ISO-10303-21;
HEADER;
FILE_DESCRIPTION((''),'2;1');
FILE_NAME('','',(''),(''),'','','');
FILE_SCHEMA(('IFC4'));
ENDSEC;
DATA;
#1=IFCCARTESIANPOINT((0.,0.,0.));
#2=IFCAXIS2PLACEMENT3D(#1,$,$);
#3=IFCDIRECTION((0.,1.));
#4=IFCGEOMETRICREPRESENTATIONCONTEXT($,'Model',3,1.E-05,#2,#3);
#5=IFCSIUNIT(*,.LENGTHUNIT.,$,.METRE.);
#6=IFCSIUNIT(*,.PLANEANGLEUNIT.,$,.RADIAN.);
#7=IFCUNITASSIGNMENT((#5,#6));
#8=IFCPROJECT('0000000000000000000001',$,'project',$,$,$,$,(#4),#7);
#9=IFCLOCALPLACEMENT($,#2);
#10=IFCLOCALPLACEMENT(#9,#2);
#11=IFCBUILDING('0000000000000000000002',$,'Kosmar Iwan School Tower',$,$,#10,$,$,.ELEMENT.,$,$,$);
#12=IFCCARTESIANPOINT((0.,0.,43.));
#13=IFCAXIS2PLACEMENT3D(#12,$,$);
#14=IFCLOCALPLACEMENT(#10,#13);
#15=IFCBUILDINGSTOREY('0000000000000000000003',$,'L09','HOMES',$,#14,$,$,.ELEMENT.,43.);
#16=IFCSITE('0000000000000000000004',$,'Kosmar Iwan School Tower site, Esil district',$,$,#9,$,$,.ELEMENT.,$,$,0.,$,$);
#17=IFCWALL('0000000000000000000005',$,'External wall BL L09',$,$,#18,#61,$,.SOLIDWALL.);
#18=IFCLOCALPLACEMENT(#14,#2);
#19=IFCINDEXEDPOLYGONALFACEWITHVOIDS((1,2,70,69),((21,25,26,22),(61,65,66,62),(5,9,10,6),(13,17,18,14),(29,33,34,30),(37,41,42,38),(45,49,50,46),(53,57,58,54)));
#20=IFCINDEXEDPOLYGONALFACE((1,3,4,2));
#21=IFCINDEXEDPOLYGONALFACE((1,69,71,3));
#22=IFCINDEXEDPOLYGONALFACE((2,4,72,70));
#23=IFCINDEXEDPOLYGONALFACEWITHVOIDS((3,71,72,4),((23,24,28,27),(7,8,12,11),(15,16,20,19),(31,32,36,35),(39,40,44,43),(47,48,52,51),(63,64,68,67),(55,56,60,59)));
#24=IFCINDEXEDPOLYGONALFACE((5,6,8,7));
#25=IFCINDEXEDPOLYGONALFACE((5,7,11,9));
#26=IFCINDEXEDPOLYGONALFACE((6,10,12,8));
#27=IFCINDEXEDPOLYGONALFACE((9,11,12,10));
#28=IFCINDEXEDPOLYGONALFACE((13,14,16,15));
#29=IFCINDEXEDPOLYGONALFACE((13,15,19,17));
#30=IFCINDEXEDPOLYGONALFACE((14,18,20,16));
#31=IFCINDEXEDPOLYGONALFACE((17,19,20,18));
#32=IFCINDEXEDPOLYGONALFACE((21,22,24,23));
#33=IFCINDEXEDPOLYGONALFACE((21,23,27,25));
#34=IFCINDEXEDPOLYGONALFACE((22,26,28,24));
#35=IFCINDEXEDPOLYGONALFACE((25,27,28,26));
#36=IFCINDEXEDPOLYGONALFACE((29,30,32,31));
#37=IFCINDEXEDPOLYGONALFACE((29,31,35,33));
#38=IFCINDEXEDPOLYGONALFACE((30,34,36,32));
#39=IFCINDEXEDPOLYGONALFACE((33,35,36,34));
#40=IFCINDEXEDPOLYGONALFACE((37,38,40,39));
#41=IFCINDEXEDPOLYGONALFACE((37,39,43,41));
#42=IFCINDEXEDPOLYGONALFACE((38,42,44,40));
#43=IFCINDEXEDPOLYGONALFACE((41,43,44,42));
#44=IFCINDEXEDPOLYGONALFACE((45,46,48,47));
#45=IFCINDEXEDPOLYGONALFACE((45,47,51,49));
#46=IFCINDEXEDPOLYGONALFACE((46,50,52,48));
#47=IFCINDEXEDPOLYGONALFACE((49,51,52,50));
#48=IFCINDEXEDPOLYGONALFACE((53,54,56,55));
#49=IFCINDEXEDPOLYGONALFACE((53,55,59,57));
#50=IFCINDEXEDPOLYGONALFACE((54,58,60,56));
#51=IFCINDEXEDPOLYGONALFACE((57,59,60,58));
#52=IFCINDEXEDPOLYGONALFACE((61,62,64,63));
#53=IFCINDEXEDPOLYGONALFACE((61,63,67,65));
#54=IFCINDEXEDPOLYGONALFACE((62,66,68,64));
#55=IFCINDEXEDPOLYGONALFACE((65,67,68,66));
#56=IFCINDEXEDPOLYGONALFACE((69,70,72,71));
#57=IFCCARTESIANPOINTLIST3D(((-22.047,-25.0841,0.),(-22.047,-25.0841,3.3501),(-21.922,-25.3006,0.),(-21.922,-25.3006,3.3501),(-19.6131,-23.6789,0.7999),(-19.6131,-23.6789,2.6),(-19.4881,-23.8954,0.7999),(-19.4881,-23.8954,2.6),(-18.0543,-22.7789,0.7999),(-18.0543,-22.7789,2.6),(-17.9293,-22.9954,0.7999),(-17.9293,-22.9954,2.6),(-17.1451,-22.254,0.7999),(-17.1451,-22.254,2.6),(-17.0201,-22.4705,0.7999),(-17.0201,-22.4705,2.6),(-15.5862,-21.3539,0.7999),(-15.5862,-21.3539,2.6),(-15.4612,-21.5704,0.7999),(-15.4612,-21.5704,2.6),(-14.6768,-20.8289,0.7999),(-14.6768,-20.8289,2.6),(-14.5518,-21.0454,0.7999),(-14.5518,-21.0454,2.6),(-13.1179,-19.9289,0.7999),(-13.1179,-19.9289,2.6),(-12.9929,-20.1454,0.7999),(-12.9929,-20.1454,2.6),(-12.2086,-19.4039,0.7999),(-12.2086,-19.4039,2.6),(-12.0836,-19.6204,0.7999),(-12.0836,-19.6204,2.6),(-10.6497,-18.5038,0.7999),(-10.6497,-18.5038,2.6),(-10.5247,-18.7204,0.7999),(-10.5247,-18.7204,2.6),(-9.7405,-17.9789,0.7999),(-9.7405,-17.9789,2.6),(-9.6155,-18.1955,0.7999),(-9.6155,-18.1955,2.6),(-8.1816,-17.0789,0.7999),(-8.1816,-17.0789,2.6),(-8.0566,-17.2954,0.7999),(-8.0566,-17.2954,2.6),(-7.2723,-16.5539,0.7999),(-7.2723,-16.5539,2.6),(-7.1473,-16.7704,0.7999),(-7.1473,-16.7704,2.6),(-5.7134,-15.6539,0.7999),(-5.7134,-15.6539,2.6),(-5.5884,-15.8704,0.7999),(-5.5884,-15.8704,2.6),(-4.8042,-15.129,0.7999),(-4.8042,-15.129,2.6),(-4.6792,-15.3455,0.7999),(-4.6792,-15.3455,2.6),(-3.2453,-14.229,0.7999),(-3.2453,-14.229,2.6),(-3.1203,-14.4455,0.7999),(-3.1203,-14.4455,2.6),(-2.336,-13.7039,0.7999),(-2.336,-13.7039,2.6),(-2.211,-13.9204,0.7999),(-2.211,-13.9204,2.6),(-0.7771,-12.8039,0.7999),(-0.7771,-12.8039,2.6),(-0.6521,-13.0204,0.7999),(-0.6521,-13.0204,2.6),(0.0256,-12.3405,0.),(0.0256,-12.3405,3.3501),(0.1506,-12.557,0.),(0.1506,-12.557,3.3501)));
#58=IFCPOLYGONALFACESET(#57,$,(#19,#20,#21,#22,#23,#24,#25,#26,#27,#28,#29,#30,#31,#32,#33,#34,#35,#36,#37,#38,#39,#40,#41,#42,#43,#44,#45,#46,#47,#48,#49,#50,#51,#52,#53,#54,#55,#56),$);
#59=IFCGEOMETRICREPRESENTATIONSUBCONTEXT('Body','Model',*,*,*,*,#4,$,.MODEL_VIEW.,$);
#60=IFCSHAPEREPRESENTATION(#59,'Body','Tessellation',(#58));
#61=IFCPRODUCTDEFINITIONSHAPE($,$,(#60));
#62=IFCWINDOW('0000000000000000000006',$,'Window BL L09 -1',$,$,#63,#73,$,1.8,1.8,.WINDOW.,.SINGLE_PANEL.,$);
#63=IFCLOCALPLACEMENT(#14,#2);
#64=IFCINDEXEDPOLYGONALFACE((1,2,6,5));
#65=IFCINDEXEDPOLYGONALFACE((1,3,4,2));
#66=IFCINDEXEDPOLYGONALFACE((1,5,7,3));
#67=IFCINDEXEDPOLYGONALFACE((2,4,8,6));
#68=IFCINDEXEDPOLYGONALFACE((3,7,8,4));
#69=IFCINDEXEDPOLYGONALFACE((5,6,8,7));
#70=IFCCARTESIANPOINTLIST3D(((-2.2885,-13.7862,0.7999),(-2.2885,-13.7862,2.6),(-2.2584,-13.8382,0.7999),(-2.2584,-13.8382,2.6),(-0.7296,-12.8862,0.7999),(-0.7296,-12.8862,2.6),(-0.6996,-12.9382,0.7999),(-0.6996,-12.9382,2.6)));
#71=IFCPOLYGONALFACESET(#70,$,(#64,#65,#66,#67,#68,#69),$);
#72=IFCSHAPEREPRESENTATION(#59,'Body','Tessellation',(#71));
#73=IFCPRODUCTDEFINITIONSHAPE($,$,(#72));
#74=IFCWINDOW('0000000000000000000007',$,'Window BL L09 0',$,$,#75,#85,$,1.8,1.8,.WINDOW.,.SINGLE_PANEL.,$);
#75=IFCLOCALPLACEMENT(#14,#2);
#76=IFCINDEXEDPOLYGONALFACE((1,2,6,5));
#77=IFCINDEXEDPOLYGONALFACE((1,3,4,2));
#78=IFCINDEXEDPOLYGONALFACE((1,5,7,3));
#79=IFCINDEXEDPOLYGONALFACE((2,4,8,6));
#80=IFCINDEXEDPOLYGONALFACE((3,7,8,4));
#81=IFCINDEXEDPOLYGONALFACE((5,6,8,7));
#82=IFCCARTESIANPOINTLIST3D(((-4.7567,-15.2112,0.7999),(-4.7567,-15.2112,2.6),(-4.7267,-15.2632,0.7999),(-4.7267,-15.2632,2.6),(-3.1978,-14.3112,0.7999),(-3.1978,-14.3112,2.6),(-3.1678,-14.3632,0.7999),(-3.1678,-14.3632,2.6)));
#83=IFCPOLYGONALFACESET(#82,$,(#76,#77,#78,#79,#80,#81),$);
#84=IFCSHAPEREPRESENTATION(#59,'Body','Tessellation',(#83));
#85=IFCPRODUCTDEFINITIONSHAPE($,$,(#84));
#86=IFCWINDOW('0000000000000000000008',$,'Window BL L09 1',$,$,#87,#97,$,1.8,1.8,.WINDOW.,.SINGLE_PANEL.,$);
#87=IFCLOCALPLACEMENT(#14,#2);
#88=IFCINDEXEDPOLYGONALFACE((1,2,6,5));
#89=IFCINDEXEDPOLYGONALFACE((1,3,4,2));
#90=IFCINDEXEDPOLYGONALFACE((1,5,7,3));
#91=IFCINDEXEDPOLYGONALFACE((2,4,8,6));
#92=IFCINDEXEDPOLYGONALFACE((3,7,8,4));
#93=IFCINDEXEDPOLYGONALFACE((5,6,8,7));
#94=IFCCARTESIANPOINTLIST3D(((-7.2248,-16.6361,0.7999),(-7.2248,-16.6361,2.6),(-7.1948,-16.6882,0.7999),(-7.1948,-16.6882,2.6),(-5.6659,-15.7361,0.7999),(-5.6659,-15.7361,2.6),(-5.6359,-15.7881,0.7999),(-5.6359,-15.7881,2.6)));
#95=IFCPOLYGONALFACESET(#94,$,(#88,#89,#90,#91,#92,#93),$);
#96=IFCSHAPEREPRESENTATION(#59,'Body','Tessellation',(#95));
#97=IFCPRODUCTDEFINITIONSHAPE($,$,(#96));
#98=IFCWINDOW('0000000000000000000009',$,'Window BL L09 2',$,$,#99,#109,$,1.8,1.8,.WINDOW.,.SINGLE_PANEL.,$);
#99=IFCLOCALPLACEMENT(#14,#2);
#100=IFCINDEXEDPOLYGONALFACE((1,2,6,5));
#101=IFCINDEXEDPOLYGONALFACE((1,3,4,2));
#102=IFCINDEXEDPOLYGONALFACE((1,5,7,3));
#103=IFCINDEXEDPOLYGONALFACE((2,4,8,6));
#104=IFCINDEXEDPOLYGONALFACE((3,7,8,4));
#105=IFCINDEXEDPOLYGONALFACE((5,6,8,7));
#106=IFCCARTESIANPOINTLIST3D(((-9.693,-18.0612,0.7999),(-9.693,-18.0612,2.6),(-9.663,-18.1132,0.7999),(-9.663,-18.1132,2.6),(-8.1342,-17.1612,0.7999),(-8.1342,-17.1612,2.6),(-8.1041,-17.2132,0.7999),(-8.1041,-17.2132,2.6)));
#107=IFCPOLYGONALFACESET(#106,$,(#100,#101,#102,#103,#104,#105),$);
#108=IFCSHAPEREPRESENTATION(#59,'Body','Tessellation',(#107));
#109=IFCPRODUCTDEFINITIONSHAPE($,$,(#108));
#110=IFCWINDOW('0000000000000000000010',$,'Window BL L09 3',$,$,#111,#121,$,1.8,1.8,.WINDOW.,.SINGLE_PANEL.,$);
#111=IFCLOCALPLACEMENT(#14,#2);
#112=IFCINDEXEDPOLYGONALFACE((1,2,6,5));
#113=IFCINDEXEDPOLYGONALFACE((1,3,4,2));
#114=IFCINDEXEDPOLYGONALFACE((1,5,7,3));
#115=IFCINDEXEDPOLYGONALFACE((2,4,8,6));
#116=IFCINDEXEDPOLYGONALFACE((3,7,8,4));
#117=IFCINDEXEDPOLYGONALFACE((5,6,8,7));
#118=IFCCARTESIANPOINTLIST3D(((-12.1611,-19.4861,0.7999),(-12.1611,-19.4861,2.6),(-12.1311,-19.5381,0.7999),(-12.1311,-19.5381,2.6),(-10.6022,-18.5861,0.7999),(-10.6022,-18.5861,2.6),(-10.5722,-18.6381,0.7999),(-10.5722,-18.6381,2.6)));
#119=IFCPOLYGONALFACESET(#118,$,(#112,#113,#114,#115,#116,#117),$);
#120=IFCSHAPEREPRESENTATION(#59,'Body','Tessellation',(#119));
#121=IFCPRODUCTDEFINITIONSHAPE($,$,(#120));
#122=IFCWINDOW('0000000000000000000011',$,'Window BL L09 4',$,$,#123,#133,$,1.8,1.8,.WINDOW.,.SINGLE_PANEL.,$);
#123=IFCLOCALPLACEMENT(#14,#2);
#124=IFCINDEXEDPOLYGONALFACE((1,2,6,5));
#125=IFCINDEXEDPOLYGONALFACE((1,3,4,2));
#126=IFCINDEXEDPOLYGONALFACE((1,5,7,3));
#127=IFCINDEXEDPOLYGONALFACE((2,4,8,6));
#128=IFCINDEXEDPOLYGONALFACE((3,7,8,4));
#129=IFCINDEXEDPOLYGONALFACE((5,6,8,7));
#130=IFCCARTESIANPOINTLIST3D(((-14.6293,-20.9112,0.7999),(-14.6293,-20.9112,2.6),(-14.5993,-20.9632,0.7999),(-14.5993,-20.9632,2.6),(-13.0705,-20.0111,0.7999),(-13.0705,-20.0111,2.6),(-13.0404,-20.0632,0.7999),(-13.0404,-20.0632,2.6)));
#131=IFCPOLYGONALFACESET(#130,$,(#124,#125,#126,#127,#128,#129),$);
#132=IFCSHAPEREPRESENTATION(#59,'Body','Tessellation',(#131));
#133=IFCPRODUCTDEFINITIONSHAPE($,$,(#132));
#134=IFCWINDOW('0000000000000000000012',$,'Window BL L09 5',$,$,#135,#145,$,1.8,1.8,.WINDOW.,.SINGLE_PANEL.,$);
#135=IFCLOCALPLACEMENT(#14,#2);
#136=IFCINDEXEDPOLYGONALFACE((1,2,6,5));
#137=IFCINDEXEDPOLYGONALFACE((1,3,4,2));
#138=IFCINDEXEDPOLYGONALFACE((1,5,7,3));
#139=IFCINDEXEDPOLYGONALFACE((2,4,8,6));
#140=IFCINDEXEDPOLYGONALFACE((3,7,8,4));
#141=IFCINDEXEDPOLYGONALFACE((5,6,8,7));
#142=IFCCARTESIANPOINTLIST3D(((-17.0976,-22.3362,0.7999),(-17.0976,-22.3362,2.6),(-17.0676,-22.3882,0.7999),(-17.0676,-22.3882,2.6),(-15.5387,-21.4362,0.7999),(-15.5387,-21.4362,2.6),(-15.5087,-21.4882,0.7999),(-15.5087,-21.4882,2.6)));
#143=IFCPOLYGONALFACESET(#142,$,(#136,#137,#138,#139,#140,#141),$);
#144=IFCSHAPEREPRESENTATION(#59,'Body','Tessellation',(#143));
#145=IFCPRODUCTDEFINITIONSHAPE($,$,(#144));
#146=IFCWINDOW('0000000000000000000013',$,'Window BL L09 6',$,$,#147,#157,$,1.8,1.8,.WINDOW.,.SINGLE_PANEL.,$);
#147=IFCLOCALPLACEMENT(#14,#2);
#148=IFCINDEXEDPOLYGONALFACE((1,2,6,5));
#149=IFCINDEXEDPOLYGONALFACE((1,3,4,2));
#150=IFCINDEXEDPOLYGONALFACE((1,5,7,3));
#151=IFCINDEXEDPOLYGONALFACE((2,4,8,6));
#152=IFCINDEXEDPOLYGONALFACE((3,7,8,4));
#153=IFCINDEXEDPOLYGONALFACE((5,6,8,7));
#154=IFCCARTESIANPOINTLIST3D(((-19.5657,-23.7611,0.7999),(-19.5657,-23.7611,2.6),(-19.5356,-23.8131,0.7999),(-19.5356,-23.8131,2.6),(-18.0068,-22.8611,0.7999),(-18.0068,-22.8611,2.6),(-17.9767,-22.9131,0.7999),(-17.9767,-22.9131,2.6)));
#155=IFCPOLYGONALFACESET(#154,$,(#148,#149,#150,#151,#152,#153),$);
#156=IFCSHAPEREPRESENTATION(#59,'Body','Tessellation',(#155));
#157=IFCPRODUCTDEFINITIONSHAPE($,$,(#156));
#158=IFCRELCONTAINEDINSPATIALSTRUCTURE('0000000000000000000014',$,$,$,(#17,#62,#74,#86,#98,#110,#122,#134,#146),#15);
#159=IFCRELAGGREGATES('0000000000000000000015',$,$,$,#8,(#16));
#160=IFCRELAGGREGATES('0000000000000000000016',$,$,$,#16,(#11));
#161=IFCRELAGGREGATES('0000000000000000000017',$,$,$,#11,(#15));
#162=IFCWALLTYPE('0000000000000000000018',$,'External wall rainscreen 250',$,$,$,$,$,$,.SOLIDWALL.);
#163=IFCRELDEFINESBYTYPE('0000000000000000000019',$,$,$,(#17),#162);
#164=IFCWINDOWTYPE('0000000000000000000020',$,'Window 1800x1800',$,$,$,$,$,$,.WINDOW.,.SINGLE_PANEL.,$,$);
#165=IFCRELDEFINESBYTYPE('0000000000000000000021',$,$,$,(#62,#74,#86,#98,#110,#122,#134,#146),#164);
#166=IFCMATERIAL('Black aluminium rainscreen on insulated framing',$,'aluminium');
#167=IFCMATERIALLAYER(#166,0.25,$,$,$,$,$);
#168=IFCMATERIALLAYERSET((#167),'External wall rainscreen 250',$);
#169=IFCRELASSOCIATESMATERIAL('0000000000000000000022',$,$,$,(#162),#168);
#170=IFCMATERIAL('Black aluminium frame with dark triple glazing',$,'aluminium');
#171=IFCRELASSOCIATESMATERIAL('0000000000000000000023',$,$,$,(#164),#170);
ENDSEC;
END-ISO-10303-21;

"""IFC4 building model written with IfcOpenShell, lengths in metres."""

from ifc_helpers import new_model, si_unit, direction, frame, frame_2d, origin, place, context, subcontext, project, spatial, rectangle, extrude, material, layer, layer_set, type_object, element, fill, save


model = new_model("IFC4")

# Units and contexts
model_context = context("Model", 3, precision=1e-05, world=origin(), true_north=direction((0.0, 1.0)))
body_context = subcontext(model_context, "Body", "Model", "MODEL_VIEW")
ifc_project = project(units=[si_unit("LENGTHUNIT", "METRE"), si_unit("PLANEANGLEUNIT", "RADIAN")], contexts=[model_context])

# Site, building, storey
site_placement = place(None, origin())
site = spatial("IfcSite", under=ifc_project, at=site_placement, Name="Kosmar Iwan School Tower site, Esil district", CompositionType="ELEMENT", RefElevation=0.0)
building_placement = place(site_placement, origin())
building = spatial("IfcBuilding", under=site, at=building_placement, Name="Kosmar Iwan School Tower", CompositionType="ELEMENT")
storey_placement = place(building_placement, frame((0.0, 0.0, 43.0)))
storey = spatial("IfcBuildingStorey", under=building, at=storey_placement, Name="L09", Description="HOMES", CompositionType="ELEMENT", Elevation=43.0)

# Wall, openings, windows
ifc_material_1 = material(Name="Black aluminium rainscreen on insulated framing", Category="aluminium")
ifc_layer = layer(ifc_material_1, 0.25)
ifc_layer_set = layer_set([ifc_layer], Name="External wall rainscreen 250")
wall_type = type_object("IfcWallType", Name="External wall rainscreen 250", PredefinedType="SOLIDWALL", material=ifc_layer_set)
wall_1_placement = place(storey_placement, frame((0.0881, -12.4487, 0.0), z_axis=(0.0, 0.0, 1.0), x_axis=(-0.866026, -0.499998, 0.0)))
wall_1 = element("IfcWall", 1, at=wall_1_placement, inside=storey, type_object=wall_type, Name="External wall BL L09", PredefinedType="SOLIDWALL", context=body_context, shape_type="SweptSolid", body=[
    extrude(rectangle(XDim=25.4873, YDim=0.25, at=frame_2d((12.7437, 0.0))), origin(), (0.0, 0.0, 1.0), 3.3501),
])
opening_1_placement = place(wall_1_placement, frame((0.927, 0.0, 0.8)))
opening_1 = element("IfcOpeningElement", 2, at=opening_1_placement, cuts=wall_1, PredefinedType="OPENING", context=body_context, shape_type="SweptSolid", body=[
    extrude(rectangle(XDim=1.8, YDim=1.8, at=frame_2d((0.8999, 0.8999))), frame((0.0, 0.137, 0.0), z_axis=(0.0, -1.0, 0.0), x_axis=(1.0, 0.0, 0.0)), (0.0, 0.0, 1.0), 0.2739),
])
opening_2_placement = place(wall_1_placement, frame((3.7771, 0.0, 0.8)))
opening_2 = element("IfcOpeningElement", 3, at=opening_2_placement, cuts=wall_1, PredefinedType="OPENING", context=body_context, shape_type="SweptSolid", body=[
    extrude(rectangle(XDim=1.8, YDim=1.8, at=frame_2d((0.8999, 0.8999))), frame((0.0, 0.137, 0.0), z_axis=(0.0, -1.0, 0.0), x_axis=(1.0, 0.0, 0.0)), (0.0, 0.0, 1.0), 0.2739),
])
opening_3_placement = place(wall_1_placement, frame((6.627, 0.0, 0.8)))
opening_3 = element("IfcOpeningElement", 4, at=opening_3_placement, cuts=wall_1, PredefinedType="OPENING", context=body_context, shape_type="SweptSolid", body=[
    extrude(rectangle(XDim=1.8, YDim=1.8, at=frame_2d((0.8999, 0.8999))), frame((0.0, 0.137, 0.0), z_axis=(0.0, -1.0, 0.0), x_axis=(1.0, 0.0, 0.0)), (0.0, 0.0, 1.0), 0.2739),
])
opening_4_placement = place(wall_1_placement, frame((9.4771, 0.0, 0.8)))
opening_4 = element("IfcOpeningElement", 5, at=opening_4_placement, cuts=wall_1, PredefinedType="OPENING", context=body_context, shape_type="SweptSolid", body=[
    extrude(rectangle(XDim=1.8, YDim=1.8, at=frame_2d((0.8999, 0.8999))), frame((0.0, 0.137, 0.0), z_axis=(0.0, -1.0, 0.0), x_axis=(1.0, 0.0, 0.0)), (0.0, 0.0, 1.0), 0.2739),
])
opening_5_placement = place(wall_1_placement, frame((12.3269, 0.0, 0.8)))
opening_5 = element("IfcOpeningElement", 6, at=opening_5_placement, cuts=wall_1, PredefinedType="OPENING", context=body_context, shape_type="SweptSolid", body=[
    extrude(rectangle(XDim=1.8, YDim=1.8, at=frame_2d((0.8999, 0.8999))), frame((0.0, 0.137, 0.0), z_axis=(0.0, -1.0, 0.0), x_axis=(1.0, 0.0, 0.0)), (0.0, 0.0, 1.0), 0.2739),
])
opening_6_placement = place(wall_1_placement, frame((15.177, 0.0, 0.8)))
opening_6 = element("IfcOpeningElement", 7, at=opening_6_placement, cuts=wall_1, PredefinedType="OPENING", context=body_context, shape_type="SweptSolid", body=[
    extrude(rectangle(XDim=1.8, YDim=1.8, at=frame_2d((0.8999, 0.8999))), frame((0.0, 0.137, 0.0), z_axis=(0.0, -1.0, 0.0), x_axis=(1.0, 0.0, 0.0)), (0.0, 0.0, 1.0), 0.2739),
])
opening_7_placement = place(wall_1_placement, frame((18.0271, 0.0, 0.8)))
opening_7 = element("IfcOpeningElement", 8, at=opening_7_placement, cuts=wall_1, PredefinedType="OPENING", context=body_context, shape_type="SweptSolid", body=[
    extrude(rectangle(XDim=1.8, YDim=1.8, at=frame_2d((0.8999, 0.8999))), frame((0.0, 0.137, 0.0), z_axis=(0.0, -1.0, 0.0), x_axis=(1.0, 0.0, 0.0)), (0.0, 0.0, 1.0), 0.2739),
])
opening_8_placement = place(wall_1_placement, frame((20.877, 0.0, 0.8)))
opening_8 = element("IfcOpeningElement", 9, at=opening_8_placement, cuts=wall_1, PredefinedType="OPENING", context=body_context, shape_type="SweptSolid", body=[
    extrude(rectangle(XDim=1.8, YDim=1.8, at=frame_2d((0.8999, 0.8999))), frame((0.0, 0.137, 0.0), z_axis=(0.0, -1.0, 0.0), x_axis=(1.0, 0.0, 0.0)), (0.0, 0.0, 1.0), 0.2739),
])
ifc_material_2 = material(Name="Black aluminium frame with dark triple glazing", Category="aluminium")
window_type = type_object("IfcWindowType", Name="Window 1800x1800", PartitioningType="SINGLE_PANEL", PredefinedType="WINDOW", material=ifc_material_2)
window_1_placement = place(opening_1_placement, origin())
window_1 = element("IfcWindow", 10, at=window_1_placement, inside=storey, type_object=window_type, Name="Window BL L09 -1", OverallHeight=1.8, OverallWidth=1.8, PartitioningType="SINGLE_PANEL", PredefinedType="WINDOW", context=body_context, shape_type="SweptSolid", body=[
    extrude(rectangle(XDim=1.8, YDim=1.8, at=frame_2d((0.8999, 0.8999))), frame((0.0, 0.03, 0.0), z_axis=(0.0, -1.0, 0.0), x_axis=(1.0, 0.0, 0.0)), (0.0, 0.0, 1.0), 0.0601),
])
fill(opening_1, window_1)
window_2_placement = place(opening_2_placement, origin())
window_2 = element("IfcWindow", 11, at=window_2_placement, inside=storey, type_object=window_type, Name="Window BL L09 0", OverallHeight=1.8, OverallWidth=1.8, PartitioningType="SINGLE_PANEL", PredefinedType="WINDOW", context=body_context, shape_type="SweptSolid", body=[
    extrude(rectangle(XDim=1.8, YDim=1.8, at=frame_2d((0.8999, 0.8999))), frame((0.0, 0.03, 0.0), z_axis=(0.0, -1.0, 0.0), x_axis=(1.0, 0.0, 0.0)), (0.0, 0.0, 1.0), 0.0601),
])
fill(opening_2, window_2)
window_3_placement = place(opening_3_placement, origin())
window_3 = element("IfcWindow", 12, at=window_3_placement, inside=storey, type_object=window_type, Name="Window BL L09 1", OverallHeight=1.8, OverallWidth=1.8, PartitioningType="SINGLE_PANEL", PredefinedType="WINDOW", context=body_context, shape_type="SweptSolid", body=[
    extrude(rectangle(XDim=1.8, YDim=1.8, at=frame_2d((0.8999, 0.8999))), frame((0.0, 0.03, 0.0), z_axis=(0.0, -1.0, 0.0), x_axis=(1.0, 0.0, 0.0)), (0.0, 0.0, 1.0), 0.0601),
])
fill(opening_3, window_3)
window_4_placement = place(opening_4_placement, origin())
window_4 = element("IfcWindow", 13, at=window_4_placement, inside=storey, type_object=window_type, Name="Window BL L09 2", OverallHeight=1.8, OverallWidth=1.8, PartitioningType="SINGLE_PANEL", PredefinedType="WINDOW", context=body_context, shape_type="SweptSolid", body=[
    extrude(rectangle(XDim=1.8, YDim=1.8, at=frame_2d((0.8999, 0.8999))), frame((0.0, 0.03, 0.0), z_axis=(0.0, -1.0, 0.0), x_axis=(1.0, 0.0, 0.0)), (0.0, 0.0, 1.0), 0.0601),
])
fill(opening_4, window_4)
window_5_placement = place(opening_5_placement, origin())
window_5 = element("IfcWindow", 14, at=window_5_placement, inside=storey, type_object=window_type, Name="Window BL L09 3", OverallHeight=1.8, OverallWidth=1.8, PartitioningType="SINGLE_PANEL", PredefinedType="WINDOW", context=body_context, shape_type="SweptSolid", body=[
    extrude(rectangle(XDim=1.8, YDim=1.8, at=frame_2d((0.8999, 0.8999))), frame((0.0, 0.03, 0.0), z_axis=(0.0, -1.0, 0.0), x_axis=(1.0, 0.0, 0.0)), (0.0, 0.0, 1.0), 0.0601),
])
fill(opening_5, window_5)
window_6_placement = place(opening_6_placement, origin())
window_6 = element("IfcWindow", 15, at=window_6_placement, inside=storey, type_object=window_type, Name="Window BL L09 4", OverallHeight=1.8, OverallWidth=1.8, PartitioningType="SINGLE_PANEL", PredefinedType="WINDOW", context=body_context, shape_type="SweptSolid", body=[
    extrude(rectangle(XDim=1.8, YDim=1.8, at=frame_2d((0.8999, 0.8999))), frame((0.0, 0.03, 0.0), z_axis=(0.0, -1.0, 0.0), x_axis=(1.0, 0.0, 0.0)), (0.0, 0.0, 1.0), 0.0601),
])
fill(opening_6, window_6)
window_7_placement = place(opening_7_placement, origin())
window_7 = element("IfcWindow", 16, at=window_7_placement, inside=storey, type_object=window_type, Name="Window BL L09 5", OverallHeight=1.8, OverallWidth=1.8, PartitioningType="SINGLE_PANEL", PredefinedType="WINDOW", context=body_context, shape_type="SweptSolid", body=[
    extrude(rectangle(XDim=1.8, YDim=1.8, at=frame_2d((0.8999, 0.8999))), frame((0.0, 0.03, 0.0), z_axis=(0.0, -1.0, 0.0), x_axis=(1.0, 0.0, 0.0)), (0.0, 0.0, 1.0), 0.0601),
])
fill(opening_7, window_7)
window_8_placement = place(opening_8_placement, origin())
window_8 = element("IfcWindow", 17, at=window_8_placement, inside=storey, type_object=window_type, Name="Window BL L09 6", OverallHeight=1.8, OverallWidth=1.8, PartitioningType="SINGLE_PANEL", PredefinedType="WINDOW", context=body_context, shape_type="SweptSolid", body=[
    extrude(rectangle(XDim=1.8, YDim=1.8, at=frame_2d((0.8999, 0.8999))), frame((0.0, 0.03, 0.0), z_axis=(0.0, -1.0, 0.0), x_axis=(1.0, 0.0, 0.0)), (0.0, 0.0, 1.0), 0.0601),
])
fill(opening_8, window_8)

save(model, "model.ifc")
